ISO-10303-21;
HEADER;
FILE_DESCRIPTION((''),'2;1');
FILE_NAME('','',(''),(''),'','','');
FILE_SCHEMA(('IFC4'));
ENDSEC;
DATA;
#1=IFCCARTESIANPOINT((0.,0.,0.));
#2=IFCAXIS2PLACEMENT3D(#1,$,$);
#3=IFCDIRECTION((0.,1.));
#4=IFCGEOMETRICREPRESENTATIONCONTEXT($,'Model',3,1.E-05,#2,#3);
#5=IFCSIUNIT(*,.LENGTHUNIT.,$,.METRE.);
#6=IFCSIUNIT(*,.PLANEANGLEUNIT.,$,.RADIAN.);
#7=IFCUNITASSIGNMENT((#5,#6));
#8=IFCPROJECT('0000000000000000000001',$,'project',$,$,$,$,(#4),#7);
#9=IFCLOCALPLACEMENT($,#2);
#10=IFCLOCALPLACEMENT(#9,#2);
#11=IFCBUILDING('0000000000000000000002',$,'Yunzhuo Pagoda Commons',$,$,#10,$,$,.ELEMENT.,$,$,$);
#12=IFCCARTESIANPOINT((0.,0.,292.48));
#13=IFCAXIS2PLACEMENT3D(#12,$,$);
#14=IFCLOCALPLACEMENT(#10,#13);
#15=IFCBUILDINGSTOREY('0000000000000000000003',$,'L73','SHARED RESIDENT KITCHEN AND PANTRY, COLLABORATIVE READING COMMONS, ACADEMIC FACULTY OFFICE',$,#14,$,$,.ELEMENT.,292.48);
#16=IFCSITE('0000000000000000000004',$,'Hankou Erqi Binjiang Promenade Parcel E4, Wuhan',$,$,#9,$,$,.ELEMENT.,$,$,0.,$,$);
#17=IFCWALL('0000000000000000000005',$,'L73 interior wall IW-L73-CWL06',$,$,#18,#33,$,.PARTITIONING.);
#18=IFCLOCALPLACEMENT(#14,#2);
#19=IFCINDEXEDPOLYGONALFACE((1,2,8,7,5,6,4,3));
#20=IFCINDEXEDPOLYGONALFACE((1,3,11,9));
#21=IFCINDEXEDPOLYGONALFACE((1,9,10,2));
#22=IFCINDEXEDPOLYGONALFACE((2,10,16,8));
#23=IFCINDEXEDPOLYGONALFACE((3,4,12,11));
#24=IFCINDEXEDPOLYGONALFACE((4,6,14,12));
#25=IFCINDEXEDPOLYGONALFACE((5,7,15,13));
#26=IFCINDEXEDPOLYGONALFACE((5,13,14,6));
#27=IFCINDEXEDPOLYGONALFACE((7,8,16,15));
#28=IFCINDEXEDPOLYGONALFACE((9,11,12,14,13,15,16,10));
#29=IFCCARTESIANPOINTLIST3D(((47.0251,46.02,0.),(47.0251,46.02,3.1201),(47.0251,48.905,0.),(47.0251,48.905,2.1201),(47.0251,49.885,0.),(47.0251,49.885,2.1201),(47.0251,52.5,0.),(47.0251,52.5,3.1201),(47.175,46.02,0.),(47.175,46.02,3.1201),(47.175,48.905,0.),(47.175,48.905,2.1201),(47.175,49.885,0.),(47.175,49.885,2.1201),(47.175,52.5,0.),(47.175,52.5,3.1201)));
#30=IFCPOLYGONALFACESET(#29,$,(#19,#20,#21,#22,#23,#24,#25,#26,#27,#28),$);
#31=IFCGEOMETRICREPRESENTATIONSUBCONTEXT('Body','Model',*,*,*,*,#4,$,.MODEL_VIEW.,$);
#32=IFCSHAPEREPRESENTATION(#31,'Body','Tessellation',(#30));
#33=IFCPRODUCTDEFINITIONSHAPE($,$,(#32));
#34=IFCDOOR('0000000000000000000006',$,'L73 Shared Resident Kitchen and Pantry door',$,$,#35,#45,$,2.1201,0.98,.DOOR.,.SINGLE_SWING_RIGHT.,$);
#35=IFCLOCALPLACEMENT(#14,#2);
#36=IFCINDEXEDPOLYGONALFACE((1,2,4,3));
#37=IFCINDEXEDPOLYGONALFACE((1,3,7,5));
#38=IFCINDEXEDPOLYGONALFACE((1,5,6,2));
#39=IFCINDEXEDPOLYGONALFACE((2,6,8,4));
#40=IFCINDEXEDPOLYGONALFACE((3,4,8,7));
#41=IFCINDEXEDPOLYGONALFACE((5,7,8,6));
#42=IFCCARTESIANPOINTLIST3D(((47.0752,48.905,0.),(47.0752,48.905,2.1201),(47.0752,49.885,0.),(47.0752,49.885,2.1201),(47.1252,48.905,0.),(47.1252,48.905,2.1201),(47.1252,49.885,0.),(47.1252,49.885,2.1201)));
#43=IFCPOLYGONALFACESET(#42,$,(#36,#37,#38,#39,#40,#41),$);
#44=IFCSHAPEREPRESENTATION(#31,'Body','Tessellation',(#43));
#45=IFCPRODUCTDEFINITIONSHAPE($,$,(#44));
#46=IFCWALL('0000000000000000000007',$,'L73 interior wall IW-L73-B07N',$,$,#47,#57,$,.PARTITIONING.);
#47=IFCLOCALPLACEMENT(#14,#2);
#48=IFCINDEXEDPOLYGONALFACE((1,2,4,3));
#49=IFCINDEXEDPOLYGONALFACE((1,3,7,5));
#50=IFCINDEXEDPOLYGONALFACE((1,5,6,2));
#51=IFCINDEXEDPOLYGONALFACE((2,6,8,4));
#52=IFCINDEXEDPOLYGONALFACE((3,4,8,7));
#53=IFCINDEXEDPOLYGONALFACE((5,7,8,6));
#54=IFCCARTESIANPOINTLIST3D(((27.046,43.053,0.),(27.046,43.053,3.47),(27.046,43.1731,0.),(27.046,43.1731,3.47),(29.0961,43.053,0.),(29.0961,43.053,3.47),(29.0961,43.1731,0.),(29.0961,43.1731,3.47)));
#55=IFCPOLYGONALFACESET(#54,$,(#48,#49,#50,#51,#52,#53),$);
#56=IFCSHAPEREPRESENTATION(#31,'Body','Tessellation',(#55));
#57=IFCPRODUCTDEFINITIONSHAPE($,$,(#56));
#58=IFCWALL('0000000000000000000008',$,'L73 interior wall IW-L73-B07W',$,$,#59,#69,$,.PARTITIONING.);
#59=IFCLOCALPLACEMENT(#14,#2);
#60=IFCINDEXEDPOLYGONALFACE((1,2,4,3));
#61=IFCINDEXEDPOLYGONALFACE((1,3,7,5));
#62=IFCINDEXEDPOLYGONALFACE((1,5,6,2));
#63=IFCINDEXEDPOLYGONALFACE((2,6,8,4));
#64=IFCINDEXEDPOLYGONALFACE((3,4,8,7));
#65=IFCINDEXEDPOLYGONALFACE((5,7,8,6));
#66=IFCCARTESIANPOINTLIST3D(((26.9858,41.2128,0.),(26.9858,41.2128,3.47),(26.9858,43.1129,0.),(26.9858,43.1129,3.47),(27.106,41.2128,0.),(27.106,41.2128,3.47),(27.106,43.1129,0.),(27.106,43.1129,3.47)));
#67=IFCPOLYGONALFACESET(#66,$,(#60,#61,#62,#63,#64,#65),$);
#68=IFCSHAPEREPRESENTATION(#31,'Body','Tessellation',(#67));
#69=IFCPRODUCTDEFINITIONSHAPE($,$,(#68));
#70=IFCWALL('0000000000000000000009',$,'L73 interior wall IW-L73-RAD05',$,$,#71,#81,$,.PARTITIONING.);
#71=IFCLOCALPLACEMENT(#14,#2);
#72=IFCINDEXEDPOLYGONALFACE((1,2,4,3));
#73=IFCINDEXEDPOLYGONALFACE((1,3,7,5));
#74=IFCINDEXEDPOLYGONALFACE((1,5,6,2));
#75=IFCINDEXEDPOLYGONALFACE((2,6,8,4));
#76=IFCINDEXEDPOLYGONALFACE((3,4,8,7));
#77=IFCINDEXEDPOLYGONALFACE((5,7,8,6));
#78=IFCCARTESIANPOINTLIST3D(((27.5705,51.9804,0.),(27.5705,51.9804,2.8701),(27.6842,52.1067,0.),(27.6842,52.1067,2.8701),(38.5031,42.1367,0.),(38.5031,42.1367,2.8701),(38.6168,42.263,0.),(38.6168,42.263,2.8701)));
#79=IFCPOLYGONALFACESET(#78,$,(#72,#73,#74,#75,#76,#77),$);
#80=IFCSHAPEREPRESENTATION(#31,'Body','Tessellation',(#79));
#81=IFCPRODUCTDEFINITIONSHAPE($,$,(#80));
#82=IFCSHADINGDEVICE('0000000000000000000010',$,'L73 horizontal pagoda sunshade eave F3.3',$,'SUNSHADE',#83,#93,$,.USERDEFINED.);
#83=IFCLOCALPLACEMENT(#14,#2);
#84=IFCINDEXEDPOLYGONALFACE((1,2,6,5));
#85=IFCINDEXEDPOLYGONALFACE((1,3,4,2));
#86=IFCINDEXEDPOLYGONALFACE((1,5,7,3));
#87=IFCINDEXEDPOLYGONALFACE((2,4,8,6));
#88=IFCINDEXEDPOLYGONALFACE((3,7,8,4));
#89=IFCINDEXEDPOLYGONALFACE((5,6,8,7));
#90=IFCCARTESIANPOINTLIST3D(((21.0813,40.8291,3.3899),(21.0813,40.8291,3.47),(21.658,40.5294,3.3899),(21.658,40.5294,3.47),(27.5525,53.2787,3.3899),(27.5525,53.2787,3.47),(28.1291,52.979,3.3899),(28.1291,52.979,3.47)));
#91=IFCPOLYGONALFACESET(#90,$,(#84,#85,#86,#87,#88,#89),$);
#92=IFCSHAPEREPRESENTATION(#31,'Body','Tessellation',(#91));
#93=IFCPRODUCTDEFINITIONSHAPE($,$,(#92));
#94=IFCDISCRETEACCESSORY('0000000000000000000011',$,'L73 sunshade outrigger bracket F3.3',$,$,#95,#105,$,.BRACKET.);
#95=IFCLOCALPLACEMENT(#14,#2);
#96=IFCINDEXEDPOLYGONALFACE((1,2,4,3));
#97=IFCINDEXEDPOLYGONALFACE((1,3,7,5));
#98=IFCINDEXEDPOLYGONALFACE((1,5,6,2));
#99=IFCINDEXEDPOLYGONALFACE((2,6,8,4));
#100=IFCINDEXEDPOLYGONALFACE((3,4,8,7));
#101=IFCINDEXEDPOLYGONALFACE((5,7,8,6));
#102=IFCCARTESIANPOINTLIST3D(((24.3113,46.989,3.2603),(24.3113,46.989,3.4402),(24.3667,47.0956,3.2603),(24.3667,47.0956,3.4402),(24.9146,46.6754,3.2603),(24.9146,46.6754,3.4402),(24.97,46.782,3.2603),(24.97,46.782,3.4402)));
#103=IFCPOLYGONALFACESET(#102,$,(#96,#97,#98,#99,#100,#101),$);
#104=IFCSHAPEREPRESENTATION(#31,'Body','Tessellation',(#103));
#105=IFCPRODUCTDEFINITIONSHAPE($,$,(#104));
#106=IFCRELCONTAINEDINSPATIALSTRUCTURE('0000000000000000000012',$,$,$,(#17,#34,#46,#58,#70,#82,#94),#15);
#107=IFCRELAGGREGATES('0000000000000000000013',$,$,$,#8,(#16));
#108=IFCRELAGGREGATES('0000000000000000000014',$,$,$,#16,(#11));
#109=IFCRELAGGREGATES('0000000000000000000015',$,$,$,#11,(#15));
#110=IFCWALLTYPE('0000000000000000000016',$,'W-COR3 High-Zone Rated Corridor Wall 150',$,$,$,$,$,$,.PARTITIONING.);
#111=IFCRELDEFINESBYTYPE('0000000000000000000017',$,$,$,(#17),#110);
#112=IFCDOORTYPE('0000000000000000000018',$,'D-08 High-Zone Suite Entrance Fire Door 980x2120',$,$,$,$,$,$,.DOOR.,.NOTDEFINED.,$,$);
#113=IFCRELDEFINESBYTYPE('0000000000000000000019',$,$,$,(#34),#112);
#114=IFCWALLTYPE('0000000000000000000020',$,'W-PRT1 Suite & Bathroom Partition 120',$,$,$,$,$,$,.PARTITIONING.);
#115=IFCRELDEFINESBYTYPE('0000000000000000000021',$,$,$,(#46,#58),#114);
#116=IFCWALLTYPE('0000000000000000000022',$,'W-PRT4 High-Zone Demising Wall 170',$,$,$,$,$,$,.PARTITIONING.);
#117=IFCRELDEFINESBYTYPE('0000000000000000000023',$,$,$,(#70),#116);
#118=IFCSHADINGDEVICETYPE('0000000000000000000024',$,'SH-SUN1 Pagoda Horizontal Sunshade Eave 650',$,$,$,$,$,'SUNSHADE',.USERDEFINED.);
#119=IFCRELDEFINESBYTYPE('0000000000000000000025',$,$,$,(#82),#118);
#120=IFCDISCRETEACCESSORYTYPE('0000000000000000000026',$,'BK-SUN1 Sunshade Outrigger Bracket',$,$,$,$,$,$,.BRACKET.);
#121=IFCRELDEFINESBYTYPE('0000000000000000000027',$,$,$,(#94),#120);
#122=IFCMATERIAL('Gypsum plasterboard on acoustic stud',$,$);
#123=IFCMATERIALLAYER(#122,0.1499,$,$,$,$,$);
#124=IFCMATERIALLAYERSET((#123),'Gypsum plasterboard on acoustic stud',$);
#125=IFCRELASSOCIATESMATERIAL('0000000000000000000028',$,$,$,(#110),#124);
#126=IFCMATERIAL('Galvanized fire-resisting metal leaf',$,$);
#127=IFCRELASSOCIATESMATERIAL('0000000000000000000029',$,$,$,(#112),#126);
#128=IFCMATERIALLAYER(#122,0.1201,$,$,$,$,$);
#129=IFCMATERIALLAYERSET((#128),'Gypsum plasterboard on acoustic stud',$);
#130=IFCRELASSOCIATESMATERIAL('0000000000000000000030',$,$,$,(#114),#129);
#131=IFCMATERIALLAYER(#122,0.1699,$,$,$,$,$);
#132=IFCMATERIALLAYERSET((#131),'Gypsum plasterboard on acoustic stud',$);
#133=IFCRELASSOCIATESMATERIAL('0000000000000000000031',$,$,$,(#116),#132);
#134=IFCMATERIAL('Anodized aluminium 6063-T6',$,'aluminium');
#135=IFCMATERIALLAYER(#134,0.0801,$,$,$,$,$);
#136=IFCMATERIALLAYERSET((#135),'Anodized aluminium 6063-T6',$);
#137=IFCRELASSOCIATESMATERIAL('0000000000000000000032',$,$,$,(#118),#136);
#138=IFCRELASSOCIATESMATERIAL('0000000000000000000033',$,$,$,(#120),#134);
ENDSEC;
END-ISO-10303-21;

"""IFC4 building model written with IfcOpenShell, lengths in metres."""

from ifc_helpers import new_model, si_unit, direction, frame, frame_2d, origin, origin_with_axes, origin_2d, place, context, subcontext, project, spatial, rectangle, extrude, source, transform, mapped, material, layer, layer_set, type_object, element, fill, save


model = new_model("IFC4")

# Units and contexts
model_context = context("Model", 3, precision=1e-05, world=origin(), true_north=direction((0.0, 1.0)))
body_context = subcontext(model_context, "Body", "Model", "MODEL_VIEW")
ifc_project = project(units=[si_unit("LENGTHUNIT", "METRE"), si_unit("PLANEANGLEUNIT", "RADIAN")], contexts=[model_context])

# Site, building, storey
site_placement = place(None, origin())
site = spatial("IfcSite", under=ifc_project, at=site_placement, Name="Hankou Erqi Binjiang Promenade Parcel E4, Wuhan", CompositionType="ELEMENT", RefElevation=0.0)
building_placement = place(site_placement, origin())
building = spatial("IfcBuilding", under=site, at=building_placement, Name="Yunzhuo Pagoda Commons", CompositionType="ELEMENT")
storey_placement = place(building_placement, frame((0.0, 0.0, 292.48)))
storey = spatial("IfcBuildingStorey", under=building, at=storey_placement, Name="L73", Description="SHARED RESIDENT KITCHEN AND PANTRY, COLLABORATIVE READING COMMONS, ACADEMIC FACULTY OFFICE", CompositionType="ELEMENT", Elevation=292.48)

# Shared definitions
ifc_material_1 = material(Name="Anodized aluminium 6063-T6", Category="aluminium")

# Shared definitions
ifc_material_2 = material(Name="Gypsum plasterboard on acoustic stud")
ifc_layer_1 = layer(ifc_material_2, 0.1499)
ifc_layer_set_1 = layer_set([ifc_layer_1], Name="Gypsum plasterboard on acoustic stud")
wall_type_1 = type_object("IfcWallType", Name="W-COR3 High-Zone Rated Corridor Wall 150", PredefinedType="PARTITIONING", material=ifc_layer_set_1)

# Wall, opening, door
wall_1_placement = place(storey_placement, frame((47.1001, 46.02, 0.0), z_axis=(0.0, 0.0, 1.0), x_axis=(0.0, 1.0, 0.0)))
wall_1 = element("IfcWall", 1, at=wall_1_placement, inside=storey, type_object=wall_type_1, Name="L73 interior wall IW-L73-CWL06", PredefinedType="PARTITIONING", context=body_context, shape_type="SweptSolid", body=[
    extrude(rectangle(XDim=6.48, YDim=0.1499, at=frame_2d((3.24, 0.0))), origin(), (0.0, 0.0, 1.0), 3.1201),
])
opening_1_placement = place(wall_1_placement, frame((2.885, 0.0, 0.0)))
opening_1 = element("IfcOpeningElement", 2, at=opening_1_placement, cuts=wall_1, PredefinedType="OPENING", context=body_context, shape_type="SweptSolid", body=[
    extrude(rectangle(XDim=0.98, YDim=2.1201, at=frame_2d((0.49, 1.0601))), frame((0.0, 0.085, 0.0), z_axis=(0.0, -1.0, 0.0), x_axis=(1.0, 0.0, 0.0)), (0.0, 0.0, 1.0), 0.1699),
])
ifc_material_3 = material(Name="Galvanized fire-resisting metal leaf")
door_type_1 = type_object("IfcDoorType", Name="D-08 High-Zone Suite Entrance Fire Door 980x2120", OperationType="NOTDEFINED", PredefinedType="DOOR", material=ifc_material_3)
shared_shape_1 = source(origin(), body_context, "Body", "SweptSolid", [
    extrude(rectangle(XDim=0.98, YDim=2.1201, at=frame_2d((0.49, 1.0601))), frame((0.0, 0.0249, 0.0), z_axis=(0.0, -1.0, 0.0), x_axis=(1.0, 0.0, 0.0)), (0.0, 0.0, 1.0), 0.05),
])
door_1_placement = place(opening_1_placement, origin_with_axes())
door_1 = element("IfcDoor", 3, at=door_1_placement, inside=storey, type_object=door_type_1, Name="L73 Shared Resident Kitchen and Pantry door", OperationType="SINGLE_SWING_RIGHT", OverallHeight=2.1201, OverallWidth=0.98, PredefinedType="DOOR", context=body_context, shape_type="MappedRepresentation", body=[
    mapped(shared_shape_1, transform((0.0, 0.0, 0.0), scale=1.0)),
])
fill(opening_1, door_1)

# Walls
ifc_layer_2 = layer(ifc_material_2, 0.1201)
ifc_layer_set_2 = layer_set([ifc_layer_2], Name="Gypsum plasterboard on acoustic stud")
wall_type_2 = type_object("IfcWallType", Name="W-PRT1 Suite & Bathroom Partition 120", PredefinedType="PARTITIONING", material=ifc_layer_set_2)
wall_2_placement = place(storey_placement, frame((29.0959, 43.113, 0.0), z_axis=(0.0, 0.0, 1.0), x_axis=(-1.0, 0.0, 0.0)))
element("IfcWall", 4, at=wall_2_placement, inside=storey, type_object=wall_type_2, Name="L73 interior wall IW-L73-B07N", PredefinedType="PARTITIONING", context=body_context, shape_type="SweptSolid", body=[
    extrude(rectangle(XDim=2.05, YDim=0.1201, at=frame_2d((1.0249, 0.0))), origin(), (0.0, 0.0, 1.0), 3.47),
])
wall_3_placement = place(storey_placement, frame((27.0459, 43.113, 0.0), z_axis=(0.0, 0.0, 1.0), x_axis=(0.0, -1.0, 0.0)))
element("IfcWall", 5, at=wall_3_placement, inside=storey, type_object=wall_type_2, Name="L73 interior wall IW-L73-B07W", PredefinedType="PARTITIONING", context=body_context, shape_type="SweptSolid", body=[
    extrude(rectangle(XDim=1.9001, YDim=0.1201, at=frame_2d((0.9502, 0.0))), origin(), (0.0, 0.0, 1.0), 3.47),
])
ifc_layer_3 = layer(ifc_material_2, 0.1699)
ifc_layer_set_3 = layer_set([ifc_layer_3], Name="Gypsum plasterboard on acoustic stud")
wall_type_3 = type_object("IfcWallType", Name="W-PRT4 High-Zone Demising Wall 170", PredefinedType="PARTITIONING", material=ifc_layer_set_3)
wall_4_placement = place(storey_placement, frame((38.5598, 42.2, 0.0), z_axis=(0.0, 0.0, 1.0), x_axis=(-0.743146, 0.66913, 0.0)))
element("IfcWall", 6, at=wall_4_placement, inside=storey, type_object=wall_type_3, Name="L73 interior wall IW-L73-RAD05", PredefinedType="PARTITIONING", context=body_context, shape_type="SweptSolid", body=[
    extrude(rectangle(XDim=14.7112, YDim=0.1699, at=frame_2d((7.3555, 0.0))), origin(), (0.0, 0.0, 1.0), 2.8701),
])

# Shading device
ifc_layer_4 = layer(ifc_material_1, 0.0801)
ifc_layer_set_4 = layer_set([ifc_layer_4], Name="Anodized aluminium 6063-T6")
shading_device_type = type_object("IfcShadingDeviceType", Name="SH-SUN1 Pagoda Horizontal Sunshade Eave 650", ElementType="SUNSHADE", PredefinedType="USERDEFINED", material=ifc_layer_set_4)
shared_shape_2 = source(origin(), body_context, "Body", "SweptSolid", [
    extrude(rectangle(XDim=14.031, YDim=0.6499, at=origin_2d()), origin(), (0.0, 0.0, 1.0), 0.0801),
])
shading_device_placement = place(storey_placement, frame((24.6052, 46.9041, 3.3899), z_axis=(0.0, 0.0, 1.0), x_axis=(-0.461207, -0.887293, 0.0)))
element("IfcShadingDevice", 7, at=shading_device_placement, inside=storey, type_object=shading_device_type, Name="L73 horizontal pagoda sunshade eave F3.3", ObjectType="SUNSHADE", PredefinedType="USERDEFINED", context=body_context, shape_type="MappedRepresentation", body=[
    mapped(shared_shape_2, transform((0.0, 0.0, 0.0), scale=1.0)),
])

# Discrete accessory
discrete_accessory_type = type_object("IfcDiscreteAccessoryType", Name="BK-SUN1 Sunshade Outrigger Bracket", PredefinedType="BRACKET", material=ifc_material_1)
shared_shape_3 = source(origin(), body_context, "Body", "SweptSolid", [
    extrude(rectangle(XDim=0.1201, YDim=0.6799, at=origin_2d()), origin(), (0.0, 0.0, 1.0), 0.1799),
])
discrete_accessory_placement = place(storey_placement, frame((24.6406, 46.8855, 3.2603), z_axis=(0.0, 0.0, 1.0), x_axis=(-0.461207, -0.887293, 0.0)))
element("IfcDiscreteAccessory", 8, at=discrete_accessory_placement, inside=storey, type_object=discrete_accessory_type, Name="L73 sunshade outrigger bracket F3.3", PredefinedType="BRACKET", context=body_context, shape_type="MappedRepresentation", body=[
    mapped(shared_shape_3, transform((0.0, 0.0, 0.0), scale=1.0)),
])

save(model, "model.ifc")
